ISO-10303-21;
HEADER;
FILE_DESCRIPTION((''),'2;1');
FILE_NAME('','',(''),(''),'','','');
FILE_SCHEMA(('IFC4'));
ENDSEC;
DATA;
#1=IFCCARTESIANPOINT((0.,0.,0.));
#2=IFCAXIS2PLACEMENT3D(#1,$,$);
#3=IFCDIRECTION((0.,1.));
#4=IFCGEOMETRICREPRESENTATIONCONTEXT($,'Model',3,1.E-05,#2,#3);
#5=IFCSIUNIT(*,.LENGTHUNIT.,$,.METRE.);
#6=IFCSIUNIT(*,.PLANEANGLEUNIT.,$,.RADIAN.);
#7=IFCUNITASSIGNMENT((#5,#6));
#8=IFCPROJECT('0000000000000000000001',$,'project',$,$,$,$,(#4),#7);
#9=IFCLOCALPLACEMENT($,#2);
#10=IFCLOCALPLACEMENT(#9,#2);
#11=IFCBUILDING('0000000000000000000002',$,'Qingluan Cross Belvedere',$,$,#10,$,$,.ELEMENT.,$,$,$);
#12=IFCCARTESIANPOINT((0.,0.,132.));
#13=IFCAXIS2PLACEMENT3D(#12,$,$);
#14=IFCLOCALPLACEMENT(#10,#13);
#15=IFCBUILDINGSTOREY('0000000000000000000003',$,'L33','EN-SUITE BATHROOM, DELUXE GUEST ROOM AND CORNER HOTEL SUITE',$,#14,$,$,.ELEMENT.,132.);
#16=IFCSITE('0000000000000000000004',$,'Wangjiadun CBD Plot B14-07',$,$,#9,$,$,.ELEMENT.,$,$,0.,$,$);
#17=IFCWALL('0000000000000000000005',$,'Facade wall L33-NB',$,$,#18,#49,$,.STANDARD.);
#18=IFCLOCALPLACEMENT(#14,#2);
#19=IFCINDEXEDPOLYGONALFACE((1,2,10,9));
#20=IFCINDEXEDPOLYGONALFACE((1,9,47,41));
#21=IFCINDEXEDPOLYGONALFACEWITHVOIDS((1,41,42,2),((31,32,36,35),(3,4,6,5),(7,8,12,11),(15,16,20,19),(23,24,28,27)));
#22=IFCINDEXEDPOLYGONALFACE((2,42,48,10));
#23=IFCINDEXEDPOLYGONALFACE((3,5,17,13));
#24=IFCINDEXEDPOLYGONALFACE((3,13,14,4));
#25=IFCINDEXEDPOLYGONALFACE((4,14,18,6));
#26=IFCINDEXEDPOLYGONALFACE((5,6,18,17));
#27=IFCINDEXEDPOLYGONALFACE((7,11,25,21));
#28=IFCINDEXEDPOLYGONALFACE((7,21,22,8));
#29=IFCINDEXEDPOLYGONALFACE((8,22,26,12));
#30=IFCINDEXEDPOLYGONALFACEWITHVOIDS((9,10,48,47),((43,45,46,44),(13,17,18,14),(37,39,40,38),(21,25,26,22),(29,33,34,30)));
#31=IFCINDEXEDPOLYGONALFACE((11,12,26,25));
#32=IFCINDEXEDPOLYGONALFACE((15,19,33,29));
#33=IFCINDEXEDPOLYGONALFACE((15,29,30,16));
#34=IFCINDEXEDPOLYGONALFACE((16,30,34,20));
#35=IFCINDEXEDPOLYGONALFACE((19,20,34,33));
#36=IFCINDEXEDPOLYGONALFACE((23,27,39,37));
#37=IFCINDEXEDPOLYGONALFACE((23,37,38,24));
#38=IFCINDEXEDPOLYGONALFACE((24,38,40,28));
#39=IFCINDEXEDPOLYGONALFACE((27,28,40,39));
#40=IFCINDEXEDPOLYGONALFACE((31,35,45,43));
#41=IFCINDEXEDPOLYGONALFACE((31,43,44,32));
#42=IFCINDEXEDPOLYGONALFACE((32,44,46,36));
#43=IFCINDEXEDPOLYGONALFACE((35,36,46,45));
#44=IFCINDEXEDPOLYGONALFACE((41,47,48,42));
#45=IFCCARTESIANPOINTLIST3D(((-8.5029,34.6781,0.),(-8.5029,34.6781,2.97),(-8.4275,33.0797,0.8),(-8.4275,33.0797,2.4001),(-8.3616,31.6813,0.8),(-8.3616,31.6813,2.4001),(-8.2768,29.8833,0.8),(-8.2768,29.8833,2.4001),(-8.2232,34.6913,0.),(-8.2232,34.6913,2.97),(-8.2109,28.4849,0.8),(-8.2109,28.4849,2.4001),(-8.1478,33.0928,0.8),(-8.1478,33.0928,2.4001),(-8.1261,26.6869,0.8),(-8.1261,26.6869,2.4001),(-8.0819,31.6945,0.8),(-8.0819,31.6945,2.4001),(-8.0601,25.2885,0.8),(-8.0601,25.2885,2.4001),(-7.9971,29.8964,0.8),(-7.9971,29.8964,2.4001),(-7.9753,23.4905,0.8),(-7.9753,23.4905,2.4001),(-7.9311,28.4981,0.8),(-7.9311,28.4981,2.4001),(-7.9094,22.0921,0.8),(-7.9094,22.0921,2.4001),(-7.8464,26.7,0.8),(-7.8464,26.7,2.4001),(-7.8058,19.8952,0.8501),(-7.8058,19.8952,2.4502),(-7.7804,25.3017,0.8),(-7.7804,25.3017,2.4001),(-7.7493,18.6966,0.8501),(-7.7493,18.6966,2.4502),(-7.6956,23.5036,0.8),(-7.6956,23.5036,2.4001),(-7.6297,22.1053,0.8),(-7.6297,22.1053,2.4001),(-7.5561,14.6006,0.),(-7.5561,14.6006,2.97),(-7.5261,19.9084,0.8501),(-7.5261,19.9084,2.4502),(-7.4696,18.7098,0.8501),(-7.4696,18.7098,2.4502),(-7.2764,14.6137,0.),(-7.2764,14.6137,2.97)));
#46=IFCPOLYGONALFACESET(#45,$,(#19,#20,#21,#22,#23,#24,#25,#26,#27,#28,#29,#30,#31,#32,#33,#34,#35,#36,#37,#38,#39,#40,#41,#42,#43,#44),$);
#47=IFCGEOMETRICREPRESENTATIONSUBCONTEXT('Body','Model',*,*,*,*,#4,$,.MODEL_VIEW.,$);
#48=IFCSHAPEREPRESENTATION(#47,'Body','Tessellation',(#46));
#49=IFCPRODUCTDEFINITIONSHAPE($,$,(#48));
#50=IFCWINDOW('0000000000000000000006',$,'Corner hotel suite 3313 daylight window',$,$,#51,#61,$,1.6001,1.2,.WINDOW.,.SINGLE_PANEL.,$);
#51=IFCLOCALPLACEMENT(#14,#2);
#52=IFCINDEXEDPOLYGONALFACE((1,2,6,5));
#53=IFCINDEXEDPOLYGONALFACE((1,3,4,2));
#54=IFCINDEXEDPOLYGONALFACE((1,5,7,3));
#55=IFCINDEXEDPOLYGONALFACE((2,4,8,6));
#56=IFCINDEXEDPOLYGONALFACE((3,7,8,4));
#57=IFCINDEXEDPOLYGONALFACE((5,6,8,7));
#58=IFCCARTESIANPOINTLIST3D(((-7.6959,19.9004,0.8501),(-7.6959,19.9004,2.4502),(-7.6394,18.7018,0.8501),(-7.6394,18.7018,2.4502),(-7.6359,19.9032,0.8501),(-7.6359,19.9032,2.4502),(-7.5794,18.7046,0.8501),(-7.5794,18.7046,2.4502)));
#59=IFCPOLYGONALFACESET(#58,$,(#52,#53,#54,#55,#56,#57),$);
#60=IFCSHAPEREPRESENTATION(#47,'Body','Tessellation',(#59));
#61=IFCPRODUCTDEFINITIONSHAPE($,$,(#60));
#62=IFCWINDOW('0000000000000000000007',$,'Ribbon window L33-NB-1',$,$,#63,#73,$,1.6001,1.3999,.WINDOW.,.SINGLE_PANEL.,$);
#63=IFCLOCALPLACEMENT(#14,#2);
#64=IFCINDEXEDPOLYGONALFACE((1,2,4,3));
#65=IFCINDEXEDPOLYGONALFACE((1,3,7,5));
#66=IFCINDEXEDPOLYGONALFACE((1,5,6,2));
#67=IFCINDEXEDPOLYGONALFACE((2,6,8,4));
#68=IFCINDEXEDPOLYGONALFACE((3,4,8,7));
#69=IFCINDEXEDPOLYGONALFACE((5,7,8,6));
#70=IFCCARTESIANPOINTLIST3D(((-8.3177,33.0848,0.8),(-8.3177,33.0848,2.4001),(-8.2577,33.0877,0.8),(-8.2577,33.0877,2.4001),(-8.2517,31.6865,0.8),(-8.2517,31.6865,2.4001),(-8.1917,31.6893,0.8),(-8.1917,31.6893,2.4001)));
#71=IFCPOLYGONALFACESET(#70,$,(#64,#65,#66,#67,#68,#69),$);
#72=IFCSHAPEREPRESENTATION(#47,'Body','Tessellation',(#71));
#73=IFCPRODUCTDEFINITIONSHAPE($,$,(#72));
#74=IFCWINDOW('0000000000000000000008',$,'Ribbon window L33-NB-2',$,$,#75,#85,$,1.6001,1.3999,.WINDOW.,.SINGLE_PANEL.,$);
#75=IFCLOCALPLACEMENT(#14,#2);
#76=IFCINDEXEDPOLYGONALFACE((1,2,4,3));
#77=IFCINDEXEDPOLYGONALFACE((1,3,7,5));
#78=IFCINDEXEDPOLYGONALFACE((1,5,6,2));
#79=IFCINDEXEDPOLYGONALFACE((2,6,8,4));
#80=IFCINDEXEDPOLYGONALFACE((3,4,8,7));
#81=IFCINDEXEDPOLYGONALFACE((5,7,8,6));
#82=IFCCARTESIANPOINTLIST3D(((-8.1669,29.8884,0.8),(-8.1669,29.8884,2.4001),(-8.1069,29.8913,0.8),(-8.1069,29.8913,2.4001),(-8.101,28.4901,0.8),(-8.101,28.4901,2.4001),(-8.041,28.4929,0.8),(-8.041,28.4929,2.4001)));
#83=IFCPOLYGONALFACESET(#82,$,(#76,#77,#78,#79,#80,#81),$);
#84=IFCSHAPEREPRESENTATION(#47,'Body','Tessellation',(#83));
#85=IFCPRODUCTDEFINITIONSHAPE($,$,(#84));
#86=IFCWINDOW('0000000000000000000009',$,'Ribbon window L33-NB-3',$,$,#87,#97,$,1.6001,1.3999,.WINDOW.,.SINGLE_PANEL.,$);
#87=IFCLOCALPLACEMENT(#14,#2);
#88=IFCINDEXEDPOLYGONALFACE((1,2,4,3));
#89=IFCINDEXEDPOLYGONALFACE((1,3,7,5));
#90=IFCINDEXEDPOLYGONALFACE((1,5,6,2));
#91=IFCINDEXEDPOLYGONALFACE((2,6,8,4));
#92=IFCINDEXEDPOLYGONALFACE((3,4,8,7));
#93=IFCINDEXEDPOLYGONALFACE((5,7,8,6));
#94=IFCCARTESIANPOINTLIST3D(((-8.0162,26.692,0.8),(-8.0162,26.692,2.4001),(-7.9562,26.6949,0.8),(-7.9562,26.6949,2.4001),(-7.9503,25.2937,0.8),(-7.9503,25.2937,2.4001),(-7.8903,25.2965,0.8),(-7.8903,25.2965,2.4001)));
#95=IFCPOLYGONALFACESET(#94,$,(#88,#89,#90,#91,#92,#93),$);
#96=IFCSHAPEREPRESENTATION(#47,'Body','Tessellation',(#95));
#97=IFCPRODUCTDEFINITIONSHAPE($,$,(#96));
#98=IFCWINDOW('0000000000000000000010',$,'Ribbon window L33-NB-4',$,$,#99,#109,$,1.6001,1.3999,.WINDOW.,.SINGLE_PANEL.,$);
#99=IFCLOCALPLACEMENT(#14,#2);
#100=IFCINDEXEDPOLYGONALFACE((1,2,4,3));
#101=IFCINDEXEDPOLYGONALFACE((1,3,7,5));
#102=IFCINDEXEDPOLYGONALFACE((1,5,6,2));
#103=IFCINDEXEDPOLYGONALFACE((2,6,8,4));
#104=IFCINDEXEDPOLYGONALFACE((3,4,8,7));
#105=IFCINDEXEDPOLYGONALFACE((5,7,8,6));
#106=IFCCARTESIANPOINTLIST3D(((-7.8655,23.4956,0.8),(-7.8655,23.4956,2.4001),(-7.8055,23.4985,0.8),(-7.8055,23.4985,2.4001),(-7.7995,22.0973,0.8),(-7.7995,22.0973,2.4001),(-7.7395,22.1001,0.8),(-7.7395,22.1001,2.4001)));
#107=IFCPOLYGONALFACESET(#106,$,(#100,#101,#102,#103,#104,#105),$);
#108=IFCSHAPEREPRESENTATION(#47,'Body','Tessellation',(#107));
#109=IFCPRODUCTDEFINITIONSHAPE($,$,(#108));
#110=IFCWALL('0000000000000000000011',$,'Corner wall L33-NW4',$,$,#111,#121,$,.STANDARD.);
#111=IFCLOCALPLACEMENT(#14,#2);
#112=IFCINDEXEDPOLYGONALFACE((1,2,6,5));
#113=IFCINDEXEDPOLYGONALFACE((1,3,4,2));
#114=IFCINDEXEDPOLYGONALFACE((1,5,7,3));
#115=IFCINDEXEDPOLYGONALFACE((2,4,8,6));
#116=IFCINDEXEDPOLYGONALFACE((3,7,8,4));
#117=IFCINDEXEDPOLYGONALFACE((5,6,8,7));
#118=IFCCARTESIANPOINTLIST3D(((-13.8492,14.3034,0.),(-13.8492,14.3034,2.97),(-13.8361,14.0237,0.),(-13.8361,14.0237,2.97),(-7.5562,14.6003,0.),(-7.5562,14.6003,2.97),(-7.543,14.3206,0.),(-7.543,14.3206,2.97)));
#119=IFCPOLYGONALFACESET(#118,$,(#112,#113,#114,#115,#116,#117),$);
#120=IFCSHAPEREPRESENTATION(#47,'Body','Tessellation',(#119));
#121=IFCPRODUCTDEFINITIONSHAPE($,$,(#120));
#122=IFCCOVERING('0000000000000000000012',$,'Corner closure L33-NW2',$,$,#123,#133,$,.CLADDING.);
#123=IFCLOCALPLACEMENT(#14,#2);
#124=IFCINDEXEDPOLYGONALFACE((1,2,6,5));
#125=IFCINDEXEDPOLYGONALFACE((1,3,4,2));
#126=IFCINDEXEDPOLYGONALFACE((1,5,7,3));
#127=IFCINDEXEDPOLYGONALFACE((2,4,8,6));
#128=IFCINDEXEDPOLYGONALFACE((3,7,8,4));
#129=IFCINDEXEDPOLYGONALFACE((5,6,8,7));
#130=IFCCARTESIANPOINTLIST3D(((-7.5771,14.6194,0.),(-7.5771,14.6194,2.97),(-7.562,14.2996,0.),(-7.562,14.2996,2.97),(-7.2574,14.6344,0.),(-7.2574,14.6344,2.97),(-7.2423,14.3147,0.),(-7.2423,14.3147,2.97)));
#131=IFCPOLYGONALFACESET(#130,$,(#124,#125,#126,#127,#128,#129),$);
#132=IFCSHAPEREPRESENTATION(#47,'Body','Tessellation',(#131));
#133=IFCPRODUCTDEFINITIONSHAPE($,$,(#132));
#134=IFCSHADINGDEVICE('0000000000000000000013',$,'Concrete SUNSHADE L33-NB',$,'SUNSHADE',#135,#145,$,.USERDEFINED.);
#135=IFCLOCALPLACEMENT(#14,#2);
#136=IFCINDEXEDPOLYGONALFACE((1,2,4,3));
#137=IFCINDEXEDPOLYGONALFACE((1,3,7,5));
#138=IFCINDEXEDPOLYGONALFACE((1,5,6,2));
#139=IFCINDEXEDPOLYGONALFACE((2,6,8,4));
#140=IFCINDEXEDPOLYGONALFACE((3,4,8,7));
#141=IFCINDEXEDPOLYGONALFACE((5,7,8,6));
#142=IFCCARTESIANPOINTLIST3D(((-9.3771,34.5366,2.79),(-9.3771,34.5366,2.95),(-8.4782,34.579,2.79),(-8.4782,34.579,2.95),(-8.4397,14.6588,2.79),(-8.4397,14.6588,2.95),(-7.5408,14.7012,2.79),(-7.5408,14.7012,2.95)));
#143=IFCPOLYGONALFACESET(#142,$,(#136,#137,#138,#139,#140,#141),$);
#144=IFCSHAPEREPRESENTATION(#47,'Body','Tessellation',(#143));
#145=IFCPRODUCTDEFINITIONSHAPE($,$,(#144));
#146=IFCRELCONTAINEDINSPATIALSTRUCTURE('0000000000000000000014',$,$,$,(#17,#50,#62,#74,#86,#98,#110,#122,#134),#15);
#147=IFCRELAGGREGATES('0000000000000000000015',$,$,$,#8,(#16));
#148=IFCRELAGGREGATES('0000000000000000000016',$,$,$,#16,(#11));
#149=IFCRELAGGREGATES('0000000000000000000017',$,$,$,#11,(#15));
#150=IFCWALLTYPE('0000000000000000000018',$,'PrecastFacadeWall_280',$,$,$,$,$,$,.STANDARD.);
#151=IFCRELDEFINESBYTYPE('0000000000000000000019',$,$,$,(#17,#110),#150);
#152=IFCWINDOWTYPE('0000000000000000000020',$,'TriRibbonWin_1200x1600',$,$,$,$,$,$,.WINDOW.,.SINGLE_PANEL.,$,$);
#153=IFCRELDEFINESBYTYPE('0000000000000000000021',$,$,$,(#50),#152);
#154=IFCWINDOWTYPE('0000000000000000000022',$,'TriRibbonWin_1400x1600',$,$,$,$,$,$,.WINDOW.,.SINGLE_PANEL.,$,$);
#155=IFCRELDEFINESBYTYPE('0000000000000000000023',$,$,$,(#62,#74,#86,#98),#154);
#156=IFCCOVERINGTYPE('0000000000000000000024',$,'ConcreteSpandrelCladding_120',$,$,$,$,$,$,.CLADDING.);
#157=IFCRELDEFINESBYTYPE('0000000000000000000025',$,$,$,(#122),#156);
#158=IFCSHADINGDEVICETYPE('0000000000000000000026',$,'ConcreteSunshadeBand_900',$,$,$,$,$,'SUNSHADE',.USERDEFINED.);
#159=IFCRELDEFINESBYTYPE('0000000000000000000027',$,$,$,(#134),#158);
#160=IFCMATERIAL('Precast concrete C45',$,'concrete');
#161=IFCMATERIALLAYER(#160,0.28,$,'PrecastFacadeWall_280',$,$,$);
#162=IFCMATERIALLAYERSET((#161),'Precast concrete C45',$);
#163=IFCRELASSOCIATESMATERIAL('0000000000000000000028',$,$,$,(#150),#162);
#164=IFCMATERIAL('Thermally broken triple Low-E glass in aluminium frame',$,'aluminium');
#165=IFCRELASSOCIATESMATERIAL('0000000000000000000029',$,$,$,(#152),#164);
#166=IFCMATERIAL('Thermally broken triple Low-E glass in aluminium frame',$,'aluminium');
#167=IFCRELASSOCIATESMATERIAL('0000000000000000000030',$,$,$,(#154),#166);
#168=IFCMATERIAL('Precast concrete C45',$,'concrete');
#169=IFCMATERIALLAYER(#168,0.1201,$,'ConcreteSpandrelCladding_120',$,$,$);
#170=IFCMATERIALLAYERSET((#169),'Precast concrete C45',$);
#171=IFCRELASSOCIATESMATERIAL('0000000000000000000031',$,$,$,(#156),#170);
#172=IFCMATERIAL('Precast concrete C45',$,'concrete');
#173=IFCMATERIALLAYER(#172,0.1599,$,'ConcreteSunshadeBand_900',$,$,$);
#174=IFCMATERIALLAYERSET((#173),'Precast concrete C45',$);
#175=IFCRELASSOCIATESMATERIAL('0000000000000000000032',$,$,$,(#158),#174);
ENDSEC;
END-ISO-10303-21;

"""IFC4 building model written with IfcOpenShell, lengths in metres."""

from ifc_helpers import new_model, si_unit, direction, frame, frame_2d, origin, origin_2d, place, context, subcontext, project, spatial, rectangle, extrude, material, layer, layer_set, type_object, element, fill, save


model = new_model("IFC4")

# Units and contexts
model_context = context("Model", 3, precision=1e-05, world=origin(), true_north=direction((0.0, 1.0)))
body_context = subcontext(model_context, "Body", "Model", "MODEL_VIEW")
ifc_project = project(units=[si_unit("LENGTHUNIT", "METRE"), si_unit("PLANEANGLEUNIT", "RADIAN")], contexts=[model_context])

# Site, building, storey
site_placement = place(None, origin())
site = spatial("IfcSite", under=ifc_project, at=site_placement, Name="Wangjiadun CBD Plot B14-07", CompositionType="ELEMENT", RefElevation=0.0)
building_placement = place(site_placement, origin())
building = spatial("IfcBuilding", under=site, at=building_placement, Name="Qingluan Cross Belvedere", CompositionType="ELEMENT")
storey_placement = place(building_placement, frame((0.0, 0.0, 132.0)))
storey = spatial("IfcBuildingStorey", under=building, at=storey_placement, Name="L33", Description="EN-SUITE BATHROOM, DELUXE GUEST ROOM AND CORNER HOTEL SUITE", CompositionType="ELEMENT", Elevation=132.0)

# Wall, openings, windows
ifc_material_1 = material(Name="Precast concrete C45", Category="concrete")
ifc_layer_1 = layer(ifc_material_1, 0.28, Name="PrecastFacadeWall_280")
ifc_layer_set_1 = layer_set([ifc_layer_1], Name="Precast concrete C45")
wall_type_1 = type_object("IfcWallType", Name="PrecastFacadeWall_280", PredefinedType="STANDARD", material=ifc_layer_set_1)
wall_1_placement = place(storey_placement, frame((-8.363, 34.6846, 0.0), z_axis=(0.0, 0.0, 1.0), x_axis=(0.047103, -0.99889, 0.0)))
wall_1 = element("IfcWall", 1, at=wall_1_placement, inside=storey, type_object=wall_type_1, Name="Facade wall L33-NB", PredefinedType="STANDARD", context=body_context, shape_type="SweptSolid", body=[
    extrude(rectangle(XDim=20.0999, YDim=0.28, at=frame_2d((10.0498, 0.0))), origin(), (0.0, 0.0, 1.0), 2.97),
])
opening_1_placement = place(wall_1_placement, frame((1.6001, 0.0, 0.8)))
opening_1 = element("IfcOpeningElement", 2, at=opening_1_placement, cuts=wall_1, PredefinedType="OPENING", context=body_context, shape_type="SweptSolid", body=[
    extrude(rectangle(XDim=1.3999, YDim=1.6001, at=frame_2d((0.7, 0.8))), frame((0.0, 0.1499, 0.0), z_axis=(0.0, -1.0, 0.0), x_axis=(1.0, 0.0, 0.0)), (0.0, 0.0, 1.0), 0.3),
])
opening_2_placement = place(wall_1_placement, frame((4.8, 0.0, 0.8)))
opening_2 = element("IfcOpeningElement", 3, at=opening_2_placement, cuts=wall_1, PredefinedType="OPENING", context=body_context, shape_type="SweptSolid", body=[
    extrude(rectangle(XDim=1.3999, YDim=1.6001, at=frame_2d((0.7, 0.8))), frame((0.0, 0.1499, 0.0), z_axis=(0.0, -1.0, 0.0), x_axis=(1.0, 0.0, 0.0)), (0.0, 0.0, 1.0), 0.3),
])
opening_3_placement = place(wall_1_placement, frame((8.0, 0.0, 0.8)))
opening_3 = element("IfcOpeningElement", 4, at=opening_3_placement, cuts=wall_1, PredefinedType="OPENING", context=body_context, shape_type="SweptSolid", body=[
    extrude(rectangle(XDim=1.3999, YDim=1.6001, at=frame_2d((0.7, 0.8))), frame((0.0, 0.1499, 0.0), z_axis=(0.0, -1.0, 0.0), x_axis=(1.0, 0.0, 0.0)), (0.0, 0.0, 1.0), 0.3),
])
opening_4_placement = place(wall_1_placement, frame((11.2, 0.0, 0.8)))
opening_4 = element("IfcOpeningElement", 5, at=opening_4_placement, cuts=wall_1, PredefinedType="OPENING", context=body_context, shape_type="SweptSolid", body=[
    extrude(rectangle(XDim=1.3999, YDim=1.6001, at=frame_2d((0.7, 0.8))), frame((0.0, 0.1499, 0.0), z_axis=(0.0, -1.0, 0.0), x_axis=(1.0, 0.0, 0.0)), (0.0, 0.0, 1.0), 0.3),
])
opening_5_placement = place(wall_1_placement, frame((14.7991, 0.0, 0.8501)))
opening_5 = element("IfcOpeningElement", 6, at=opening_5_placement, cuts=wall_1, PredefinedType="OPENING", context=body_context, shape_type="SweptSolid", body=[
    extrude(rectangle(XDim=1.2, YDim=1.6001, at=frame_2d((0.6001, 0.8))), frame((0.0, 0.1499, 0.0), z_axis=(0.0, -1.0, 0.0), x_axis=(1.0, 0.0, 0.0)), (0.0, 0.0, 1.0), 0.3),
])
ifc_material_2 = material(Name="Thermally broken triple Low-E glass in aluminium frame", Category="aluminium")
window_type_1 = type_object("IfcWindowType", Name="TriRibbonWin_1200x1600", PartitioningType="SINGLE_PANEL", PredefinedType="WINDOW", material=ifc_material_2)
window_1_placement = place(opening_5_placement, origin())
window_1 = element("IfcWindow", 7, at=window_1_placement, inside=storey, type_object=window_type_1, Name="Corner hotel suite 3313 daylight window", OverallHeight=1.6001, OverallWidth=1.2, PartitioningType="SINGLE_PANEL", PredefinedType="WINDOW", context=body_context, shape_type="SweptSolid", body=[
    extrude(rectangle(XDim=1.2, YDim=1.6001, at=frame_2d((0.6001, 0.8))), frame((0.0, 0.03, 0.0), z_axis=(0.0, -1.0, 0.0), x_axis=(1.0, 0.0, 0.0)), (0.0, 0.0, 1.0), 0.0601),
])
fill(opening_5, window_1)
ifc_material_3 = material(Name="Thermally broken triple Low-E glass in aluminium frame", Category="aluminium")
window_type_2 = type_object("IfcWindowType", Name="TriRibbonWin_1400x1600", PartitioningType="SINGLE_PANEL", PredefinedType="WINDOW", material=ifc_material_3)
window_2_placement = place(opening_1_placement, origin())
window_2 = element("IfcWindow", 8, at=window_2_placement, inside=storey, type_object=window_type_2, Name="Ribbon window L33-NB-1", OverallHeight=1.6001, OverallWidth=1.3999, PartitioningType="SINGLE_PANEL", PredefinedType="WINDOW", context=body_context, shape_type="SweptSolid", body=[
    extrude(rectangle(XDim=1.3999, YDim=1.6001, at=frame_2d((0.7, 0.8))), frame((0.0, 0.03, 0.0), z_axis=(0.0, -1.0, 0.0), x_axis=(1.0, 0.0, 0.0)), (0.0, 0.0, 1.0), 0.0601),
])
fill(opening_1, window_2)
window_3_placement = place(opening_2_placement, origin())
window_3 = element("IfcWindow", 9, at=window_3_placement, inside=storey, type_object=window_type_2, Name="Ribbon window L33-NB-2", OverallHeight=1.6001, OverallWidth=1.3999, PartitioningType="SINGLE_PANEL", PredefinedType="WINDOW", context=body_context, shape_type="SweptSolid", body=[
    extrude(rectangle(XDim=1.3999, YDim=1.6001, at=frame_2d((0.7, 0.8))), frame((0.0, 0.03, 0.0), z_axis=(0.0, -1.0, 0.0), x_axis=(1.0, 0.0, 0.0)), (0.0, 0.0, 1.0), 0.0601),
])
fill(opening_2, window_3)
window_4_placement = place(opening_3_placement, origin())
window_4 = element("IfcWindow", 10, at=window_4_placement, inside=storey, type_object=window_type_2, Name="Ribbon window L33-NB-3", OverallHeight=1.6001, OverallWidth=1.3999, PartitioningType="SINGLE_PANEL", PredefinedType="WINDOW", context=body_context, shape_type="SweptSolid", body=[
    extrude(rectangle(XDim=1.3999, YDim=1.6001, at=frame_2d((0.7, 0.8))), frame((0.0, 0.03, 0.0), z_axis=(0.0, -1.0, 0.0), x_axis=(1.0, 0.0, 0.0)), (0.0, 0.0, 1.0), 0.0601),
])
fill(opening_3, window_4)
window_5_placement = place(opening_4_placement, origin())
window_5 = element("IfcWindow", 11, at=window_5_placement, inside=storey, type_object=window_type_2, Name="Ribbon window L33-NB-4", OverallHeight=1.6001, OverallWidth=1.3999, PartitioningType="SINGLE_PANEL", PredefinedType="WINDOW", context=body_context, shape_type="SweptSolid", body=[
    extrude(rectangle(XDim=1.3999, YDim=1.6001, at=frame_2d((0.7, 0.8))), frame((0.0, 0.03, 0.0), z_axis=(0.0, -1.0, 0.0), x_axis=(1.0, 0.0, 0.0)), (0.0, 0.0, 1.0), 0.0601),
])
fill(opening_4, window_5)

# Wall
wall_2_placement = place(storey_placement, frame((-13.8425, 14.1636, 0.0), z_axis=(0.0, 0.0, 1.0), x_axis=(0.998889, 0.047123, 0.0)))
element("IfcWall", 12, at=wall_2_placement, inside=storey, type_object=wall_type_1, Name="Corner wall L33-NW4", PredefinedType="STANDARD", context=body_context, shape_type="SweptSolid", body=[
    extrude(rectangle(XDim=6.3, YDim=0.28, at=frame_2d((3.1499, 0.0))), origin(), (0.0, 0.0, 1.0), 2.97),
])

# Covering
ifc_material_4 = material(Name="Precast concrete C45", Category="concrete")
ifc_layer_2 = layer(ifc_material_4, 0.1201, Name="ConcreteSpandrelCladding_120")
ifc_layer_set_2 = layer_set([ifc_layer_2], Name="Precast concrete C45")
covering_type = type_object("IfcCoveringType", Name="ConcreteSpandrelCladding_120", PredefinedType="CLADDING", material=ifc_layer_set_2)
covering_placement = place(storey_placement, frame((-7.4097, 14.467, 0.0), z_axis=(0.0, 0.0, 1.0), x_axis=(0.99889, 0.047106, 0.0)))
element("IfcCovering", 13, at=covering_placement, inside=storey, type_object=covering_type, Name="Corner closure L33-NW2", PredefinedType="CLADDING", context=body_context, shape_type="SweptSolid", body=[
    extrude(rectangle(XDim=0.3201, YDim=0.3201, at=origin_2d()), origin(), (0.0, 0.0, 1.0), 2.97),
])

# Shading device
ifc_material_5 = material(Name="Precast concrete C45", Category="concrete")
ifc_layer_3 = layer(ifc_material_5, 0.1599, Name="ConcreteSunshadeBand_900")
ifc_layer_set_3 = layer_set([ifc_layer_3], Name="Precast concrete C45")
shading_device_type = type_object("IfcShadingDeviceType", Name="ConcreteSunshadeBand_900", ElementType="SUNSHADE", PredefinedType="USERDEFINED", material=ifc_layer_set_3)
shading_device_placement = place(storey_placement, frame((-8.459, 24.6189, 2.79), z_axis=(0.0, 0.0, 1.0), x_axis=(0.047105, -0.99889, 0.0)))
element("IfcShadingDevice", 14, at=shading_device_placement, inside=storey, type_object=shading_device_type, Name="Concrete SUNSHADE L33-NB", ObjectType="SUNSHADE", PredefinedType="USERDEFINED", context=body_context, shape_type="SweptSolid", body=[
    extrude(rectangle(XDim=19.8999, YDim=0.8999, at=origin_2d()), origin(), (0.0, 0.0, 1.0), 0.1599),
])

save(model, "model.ifc")
